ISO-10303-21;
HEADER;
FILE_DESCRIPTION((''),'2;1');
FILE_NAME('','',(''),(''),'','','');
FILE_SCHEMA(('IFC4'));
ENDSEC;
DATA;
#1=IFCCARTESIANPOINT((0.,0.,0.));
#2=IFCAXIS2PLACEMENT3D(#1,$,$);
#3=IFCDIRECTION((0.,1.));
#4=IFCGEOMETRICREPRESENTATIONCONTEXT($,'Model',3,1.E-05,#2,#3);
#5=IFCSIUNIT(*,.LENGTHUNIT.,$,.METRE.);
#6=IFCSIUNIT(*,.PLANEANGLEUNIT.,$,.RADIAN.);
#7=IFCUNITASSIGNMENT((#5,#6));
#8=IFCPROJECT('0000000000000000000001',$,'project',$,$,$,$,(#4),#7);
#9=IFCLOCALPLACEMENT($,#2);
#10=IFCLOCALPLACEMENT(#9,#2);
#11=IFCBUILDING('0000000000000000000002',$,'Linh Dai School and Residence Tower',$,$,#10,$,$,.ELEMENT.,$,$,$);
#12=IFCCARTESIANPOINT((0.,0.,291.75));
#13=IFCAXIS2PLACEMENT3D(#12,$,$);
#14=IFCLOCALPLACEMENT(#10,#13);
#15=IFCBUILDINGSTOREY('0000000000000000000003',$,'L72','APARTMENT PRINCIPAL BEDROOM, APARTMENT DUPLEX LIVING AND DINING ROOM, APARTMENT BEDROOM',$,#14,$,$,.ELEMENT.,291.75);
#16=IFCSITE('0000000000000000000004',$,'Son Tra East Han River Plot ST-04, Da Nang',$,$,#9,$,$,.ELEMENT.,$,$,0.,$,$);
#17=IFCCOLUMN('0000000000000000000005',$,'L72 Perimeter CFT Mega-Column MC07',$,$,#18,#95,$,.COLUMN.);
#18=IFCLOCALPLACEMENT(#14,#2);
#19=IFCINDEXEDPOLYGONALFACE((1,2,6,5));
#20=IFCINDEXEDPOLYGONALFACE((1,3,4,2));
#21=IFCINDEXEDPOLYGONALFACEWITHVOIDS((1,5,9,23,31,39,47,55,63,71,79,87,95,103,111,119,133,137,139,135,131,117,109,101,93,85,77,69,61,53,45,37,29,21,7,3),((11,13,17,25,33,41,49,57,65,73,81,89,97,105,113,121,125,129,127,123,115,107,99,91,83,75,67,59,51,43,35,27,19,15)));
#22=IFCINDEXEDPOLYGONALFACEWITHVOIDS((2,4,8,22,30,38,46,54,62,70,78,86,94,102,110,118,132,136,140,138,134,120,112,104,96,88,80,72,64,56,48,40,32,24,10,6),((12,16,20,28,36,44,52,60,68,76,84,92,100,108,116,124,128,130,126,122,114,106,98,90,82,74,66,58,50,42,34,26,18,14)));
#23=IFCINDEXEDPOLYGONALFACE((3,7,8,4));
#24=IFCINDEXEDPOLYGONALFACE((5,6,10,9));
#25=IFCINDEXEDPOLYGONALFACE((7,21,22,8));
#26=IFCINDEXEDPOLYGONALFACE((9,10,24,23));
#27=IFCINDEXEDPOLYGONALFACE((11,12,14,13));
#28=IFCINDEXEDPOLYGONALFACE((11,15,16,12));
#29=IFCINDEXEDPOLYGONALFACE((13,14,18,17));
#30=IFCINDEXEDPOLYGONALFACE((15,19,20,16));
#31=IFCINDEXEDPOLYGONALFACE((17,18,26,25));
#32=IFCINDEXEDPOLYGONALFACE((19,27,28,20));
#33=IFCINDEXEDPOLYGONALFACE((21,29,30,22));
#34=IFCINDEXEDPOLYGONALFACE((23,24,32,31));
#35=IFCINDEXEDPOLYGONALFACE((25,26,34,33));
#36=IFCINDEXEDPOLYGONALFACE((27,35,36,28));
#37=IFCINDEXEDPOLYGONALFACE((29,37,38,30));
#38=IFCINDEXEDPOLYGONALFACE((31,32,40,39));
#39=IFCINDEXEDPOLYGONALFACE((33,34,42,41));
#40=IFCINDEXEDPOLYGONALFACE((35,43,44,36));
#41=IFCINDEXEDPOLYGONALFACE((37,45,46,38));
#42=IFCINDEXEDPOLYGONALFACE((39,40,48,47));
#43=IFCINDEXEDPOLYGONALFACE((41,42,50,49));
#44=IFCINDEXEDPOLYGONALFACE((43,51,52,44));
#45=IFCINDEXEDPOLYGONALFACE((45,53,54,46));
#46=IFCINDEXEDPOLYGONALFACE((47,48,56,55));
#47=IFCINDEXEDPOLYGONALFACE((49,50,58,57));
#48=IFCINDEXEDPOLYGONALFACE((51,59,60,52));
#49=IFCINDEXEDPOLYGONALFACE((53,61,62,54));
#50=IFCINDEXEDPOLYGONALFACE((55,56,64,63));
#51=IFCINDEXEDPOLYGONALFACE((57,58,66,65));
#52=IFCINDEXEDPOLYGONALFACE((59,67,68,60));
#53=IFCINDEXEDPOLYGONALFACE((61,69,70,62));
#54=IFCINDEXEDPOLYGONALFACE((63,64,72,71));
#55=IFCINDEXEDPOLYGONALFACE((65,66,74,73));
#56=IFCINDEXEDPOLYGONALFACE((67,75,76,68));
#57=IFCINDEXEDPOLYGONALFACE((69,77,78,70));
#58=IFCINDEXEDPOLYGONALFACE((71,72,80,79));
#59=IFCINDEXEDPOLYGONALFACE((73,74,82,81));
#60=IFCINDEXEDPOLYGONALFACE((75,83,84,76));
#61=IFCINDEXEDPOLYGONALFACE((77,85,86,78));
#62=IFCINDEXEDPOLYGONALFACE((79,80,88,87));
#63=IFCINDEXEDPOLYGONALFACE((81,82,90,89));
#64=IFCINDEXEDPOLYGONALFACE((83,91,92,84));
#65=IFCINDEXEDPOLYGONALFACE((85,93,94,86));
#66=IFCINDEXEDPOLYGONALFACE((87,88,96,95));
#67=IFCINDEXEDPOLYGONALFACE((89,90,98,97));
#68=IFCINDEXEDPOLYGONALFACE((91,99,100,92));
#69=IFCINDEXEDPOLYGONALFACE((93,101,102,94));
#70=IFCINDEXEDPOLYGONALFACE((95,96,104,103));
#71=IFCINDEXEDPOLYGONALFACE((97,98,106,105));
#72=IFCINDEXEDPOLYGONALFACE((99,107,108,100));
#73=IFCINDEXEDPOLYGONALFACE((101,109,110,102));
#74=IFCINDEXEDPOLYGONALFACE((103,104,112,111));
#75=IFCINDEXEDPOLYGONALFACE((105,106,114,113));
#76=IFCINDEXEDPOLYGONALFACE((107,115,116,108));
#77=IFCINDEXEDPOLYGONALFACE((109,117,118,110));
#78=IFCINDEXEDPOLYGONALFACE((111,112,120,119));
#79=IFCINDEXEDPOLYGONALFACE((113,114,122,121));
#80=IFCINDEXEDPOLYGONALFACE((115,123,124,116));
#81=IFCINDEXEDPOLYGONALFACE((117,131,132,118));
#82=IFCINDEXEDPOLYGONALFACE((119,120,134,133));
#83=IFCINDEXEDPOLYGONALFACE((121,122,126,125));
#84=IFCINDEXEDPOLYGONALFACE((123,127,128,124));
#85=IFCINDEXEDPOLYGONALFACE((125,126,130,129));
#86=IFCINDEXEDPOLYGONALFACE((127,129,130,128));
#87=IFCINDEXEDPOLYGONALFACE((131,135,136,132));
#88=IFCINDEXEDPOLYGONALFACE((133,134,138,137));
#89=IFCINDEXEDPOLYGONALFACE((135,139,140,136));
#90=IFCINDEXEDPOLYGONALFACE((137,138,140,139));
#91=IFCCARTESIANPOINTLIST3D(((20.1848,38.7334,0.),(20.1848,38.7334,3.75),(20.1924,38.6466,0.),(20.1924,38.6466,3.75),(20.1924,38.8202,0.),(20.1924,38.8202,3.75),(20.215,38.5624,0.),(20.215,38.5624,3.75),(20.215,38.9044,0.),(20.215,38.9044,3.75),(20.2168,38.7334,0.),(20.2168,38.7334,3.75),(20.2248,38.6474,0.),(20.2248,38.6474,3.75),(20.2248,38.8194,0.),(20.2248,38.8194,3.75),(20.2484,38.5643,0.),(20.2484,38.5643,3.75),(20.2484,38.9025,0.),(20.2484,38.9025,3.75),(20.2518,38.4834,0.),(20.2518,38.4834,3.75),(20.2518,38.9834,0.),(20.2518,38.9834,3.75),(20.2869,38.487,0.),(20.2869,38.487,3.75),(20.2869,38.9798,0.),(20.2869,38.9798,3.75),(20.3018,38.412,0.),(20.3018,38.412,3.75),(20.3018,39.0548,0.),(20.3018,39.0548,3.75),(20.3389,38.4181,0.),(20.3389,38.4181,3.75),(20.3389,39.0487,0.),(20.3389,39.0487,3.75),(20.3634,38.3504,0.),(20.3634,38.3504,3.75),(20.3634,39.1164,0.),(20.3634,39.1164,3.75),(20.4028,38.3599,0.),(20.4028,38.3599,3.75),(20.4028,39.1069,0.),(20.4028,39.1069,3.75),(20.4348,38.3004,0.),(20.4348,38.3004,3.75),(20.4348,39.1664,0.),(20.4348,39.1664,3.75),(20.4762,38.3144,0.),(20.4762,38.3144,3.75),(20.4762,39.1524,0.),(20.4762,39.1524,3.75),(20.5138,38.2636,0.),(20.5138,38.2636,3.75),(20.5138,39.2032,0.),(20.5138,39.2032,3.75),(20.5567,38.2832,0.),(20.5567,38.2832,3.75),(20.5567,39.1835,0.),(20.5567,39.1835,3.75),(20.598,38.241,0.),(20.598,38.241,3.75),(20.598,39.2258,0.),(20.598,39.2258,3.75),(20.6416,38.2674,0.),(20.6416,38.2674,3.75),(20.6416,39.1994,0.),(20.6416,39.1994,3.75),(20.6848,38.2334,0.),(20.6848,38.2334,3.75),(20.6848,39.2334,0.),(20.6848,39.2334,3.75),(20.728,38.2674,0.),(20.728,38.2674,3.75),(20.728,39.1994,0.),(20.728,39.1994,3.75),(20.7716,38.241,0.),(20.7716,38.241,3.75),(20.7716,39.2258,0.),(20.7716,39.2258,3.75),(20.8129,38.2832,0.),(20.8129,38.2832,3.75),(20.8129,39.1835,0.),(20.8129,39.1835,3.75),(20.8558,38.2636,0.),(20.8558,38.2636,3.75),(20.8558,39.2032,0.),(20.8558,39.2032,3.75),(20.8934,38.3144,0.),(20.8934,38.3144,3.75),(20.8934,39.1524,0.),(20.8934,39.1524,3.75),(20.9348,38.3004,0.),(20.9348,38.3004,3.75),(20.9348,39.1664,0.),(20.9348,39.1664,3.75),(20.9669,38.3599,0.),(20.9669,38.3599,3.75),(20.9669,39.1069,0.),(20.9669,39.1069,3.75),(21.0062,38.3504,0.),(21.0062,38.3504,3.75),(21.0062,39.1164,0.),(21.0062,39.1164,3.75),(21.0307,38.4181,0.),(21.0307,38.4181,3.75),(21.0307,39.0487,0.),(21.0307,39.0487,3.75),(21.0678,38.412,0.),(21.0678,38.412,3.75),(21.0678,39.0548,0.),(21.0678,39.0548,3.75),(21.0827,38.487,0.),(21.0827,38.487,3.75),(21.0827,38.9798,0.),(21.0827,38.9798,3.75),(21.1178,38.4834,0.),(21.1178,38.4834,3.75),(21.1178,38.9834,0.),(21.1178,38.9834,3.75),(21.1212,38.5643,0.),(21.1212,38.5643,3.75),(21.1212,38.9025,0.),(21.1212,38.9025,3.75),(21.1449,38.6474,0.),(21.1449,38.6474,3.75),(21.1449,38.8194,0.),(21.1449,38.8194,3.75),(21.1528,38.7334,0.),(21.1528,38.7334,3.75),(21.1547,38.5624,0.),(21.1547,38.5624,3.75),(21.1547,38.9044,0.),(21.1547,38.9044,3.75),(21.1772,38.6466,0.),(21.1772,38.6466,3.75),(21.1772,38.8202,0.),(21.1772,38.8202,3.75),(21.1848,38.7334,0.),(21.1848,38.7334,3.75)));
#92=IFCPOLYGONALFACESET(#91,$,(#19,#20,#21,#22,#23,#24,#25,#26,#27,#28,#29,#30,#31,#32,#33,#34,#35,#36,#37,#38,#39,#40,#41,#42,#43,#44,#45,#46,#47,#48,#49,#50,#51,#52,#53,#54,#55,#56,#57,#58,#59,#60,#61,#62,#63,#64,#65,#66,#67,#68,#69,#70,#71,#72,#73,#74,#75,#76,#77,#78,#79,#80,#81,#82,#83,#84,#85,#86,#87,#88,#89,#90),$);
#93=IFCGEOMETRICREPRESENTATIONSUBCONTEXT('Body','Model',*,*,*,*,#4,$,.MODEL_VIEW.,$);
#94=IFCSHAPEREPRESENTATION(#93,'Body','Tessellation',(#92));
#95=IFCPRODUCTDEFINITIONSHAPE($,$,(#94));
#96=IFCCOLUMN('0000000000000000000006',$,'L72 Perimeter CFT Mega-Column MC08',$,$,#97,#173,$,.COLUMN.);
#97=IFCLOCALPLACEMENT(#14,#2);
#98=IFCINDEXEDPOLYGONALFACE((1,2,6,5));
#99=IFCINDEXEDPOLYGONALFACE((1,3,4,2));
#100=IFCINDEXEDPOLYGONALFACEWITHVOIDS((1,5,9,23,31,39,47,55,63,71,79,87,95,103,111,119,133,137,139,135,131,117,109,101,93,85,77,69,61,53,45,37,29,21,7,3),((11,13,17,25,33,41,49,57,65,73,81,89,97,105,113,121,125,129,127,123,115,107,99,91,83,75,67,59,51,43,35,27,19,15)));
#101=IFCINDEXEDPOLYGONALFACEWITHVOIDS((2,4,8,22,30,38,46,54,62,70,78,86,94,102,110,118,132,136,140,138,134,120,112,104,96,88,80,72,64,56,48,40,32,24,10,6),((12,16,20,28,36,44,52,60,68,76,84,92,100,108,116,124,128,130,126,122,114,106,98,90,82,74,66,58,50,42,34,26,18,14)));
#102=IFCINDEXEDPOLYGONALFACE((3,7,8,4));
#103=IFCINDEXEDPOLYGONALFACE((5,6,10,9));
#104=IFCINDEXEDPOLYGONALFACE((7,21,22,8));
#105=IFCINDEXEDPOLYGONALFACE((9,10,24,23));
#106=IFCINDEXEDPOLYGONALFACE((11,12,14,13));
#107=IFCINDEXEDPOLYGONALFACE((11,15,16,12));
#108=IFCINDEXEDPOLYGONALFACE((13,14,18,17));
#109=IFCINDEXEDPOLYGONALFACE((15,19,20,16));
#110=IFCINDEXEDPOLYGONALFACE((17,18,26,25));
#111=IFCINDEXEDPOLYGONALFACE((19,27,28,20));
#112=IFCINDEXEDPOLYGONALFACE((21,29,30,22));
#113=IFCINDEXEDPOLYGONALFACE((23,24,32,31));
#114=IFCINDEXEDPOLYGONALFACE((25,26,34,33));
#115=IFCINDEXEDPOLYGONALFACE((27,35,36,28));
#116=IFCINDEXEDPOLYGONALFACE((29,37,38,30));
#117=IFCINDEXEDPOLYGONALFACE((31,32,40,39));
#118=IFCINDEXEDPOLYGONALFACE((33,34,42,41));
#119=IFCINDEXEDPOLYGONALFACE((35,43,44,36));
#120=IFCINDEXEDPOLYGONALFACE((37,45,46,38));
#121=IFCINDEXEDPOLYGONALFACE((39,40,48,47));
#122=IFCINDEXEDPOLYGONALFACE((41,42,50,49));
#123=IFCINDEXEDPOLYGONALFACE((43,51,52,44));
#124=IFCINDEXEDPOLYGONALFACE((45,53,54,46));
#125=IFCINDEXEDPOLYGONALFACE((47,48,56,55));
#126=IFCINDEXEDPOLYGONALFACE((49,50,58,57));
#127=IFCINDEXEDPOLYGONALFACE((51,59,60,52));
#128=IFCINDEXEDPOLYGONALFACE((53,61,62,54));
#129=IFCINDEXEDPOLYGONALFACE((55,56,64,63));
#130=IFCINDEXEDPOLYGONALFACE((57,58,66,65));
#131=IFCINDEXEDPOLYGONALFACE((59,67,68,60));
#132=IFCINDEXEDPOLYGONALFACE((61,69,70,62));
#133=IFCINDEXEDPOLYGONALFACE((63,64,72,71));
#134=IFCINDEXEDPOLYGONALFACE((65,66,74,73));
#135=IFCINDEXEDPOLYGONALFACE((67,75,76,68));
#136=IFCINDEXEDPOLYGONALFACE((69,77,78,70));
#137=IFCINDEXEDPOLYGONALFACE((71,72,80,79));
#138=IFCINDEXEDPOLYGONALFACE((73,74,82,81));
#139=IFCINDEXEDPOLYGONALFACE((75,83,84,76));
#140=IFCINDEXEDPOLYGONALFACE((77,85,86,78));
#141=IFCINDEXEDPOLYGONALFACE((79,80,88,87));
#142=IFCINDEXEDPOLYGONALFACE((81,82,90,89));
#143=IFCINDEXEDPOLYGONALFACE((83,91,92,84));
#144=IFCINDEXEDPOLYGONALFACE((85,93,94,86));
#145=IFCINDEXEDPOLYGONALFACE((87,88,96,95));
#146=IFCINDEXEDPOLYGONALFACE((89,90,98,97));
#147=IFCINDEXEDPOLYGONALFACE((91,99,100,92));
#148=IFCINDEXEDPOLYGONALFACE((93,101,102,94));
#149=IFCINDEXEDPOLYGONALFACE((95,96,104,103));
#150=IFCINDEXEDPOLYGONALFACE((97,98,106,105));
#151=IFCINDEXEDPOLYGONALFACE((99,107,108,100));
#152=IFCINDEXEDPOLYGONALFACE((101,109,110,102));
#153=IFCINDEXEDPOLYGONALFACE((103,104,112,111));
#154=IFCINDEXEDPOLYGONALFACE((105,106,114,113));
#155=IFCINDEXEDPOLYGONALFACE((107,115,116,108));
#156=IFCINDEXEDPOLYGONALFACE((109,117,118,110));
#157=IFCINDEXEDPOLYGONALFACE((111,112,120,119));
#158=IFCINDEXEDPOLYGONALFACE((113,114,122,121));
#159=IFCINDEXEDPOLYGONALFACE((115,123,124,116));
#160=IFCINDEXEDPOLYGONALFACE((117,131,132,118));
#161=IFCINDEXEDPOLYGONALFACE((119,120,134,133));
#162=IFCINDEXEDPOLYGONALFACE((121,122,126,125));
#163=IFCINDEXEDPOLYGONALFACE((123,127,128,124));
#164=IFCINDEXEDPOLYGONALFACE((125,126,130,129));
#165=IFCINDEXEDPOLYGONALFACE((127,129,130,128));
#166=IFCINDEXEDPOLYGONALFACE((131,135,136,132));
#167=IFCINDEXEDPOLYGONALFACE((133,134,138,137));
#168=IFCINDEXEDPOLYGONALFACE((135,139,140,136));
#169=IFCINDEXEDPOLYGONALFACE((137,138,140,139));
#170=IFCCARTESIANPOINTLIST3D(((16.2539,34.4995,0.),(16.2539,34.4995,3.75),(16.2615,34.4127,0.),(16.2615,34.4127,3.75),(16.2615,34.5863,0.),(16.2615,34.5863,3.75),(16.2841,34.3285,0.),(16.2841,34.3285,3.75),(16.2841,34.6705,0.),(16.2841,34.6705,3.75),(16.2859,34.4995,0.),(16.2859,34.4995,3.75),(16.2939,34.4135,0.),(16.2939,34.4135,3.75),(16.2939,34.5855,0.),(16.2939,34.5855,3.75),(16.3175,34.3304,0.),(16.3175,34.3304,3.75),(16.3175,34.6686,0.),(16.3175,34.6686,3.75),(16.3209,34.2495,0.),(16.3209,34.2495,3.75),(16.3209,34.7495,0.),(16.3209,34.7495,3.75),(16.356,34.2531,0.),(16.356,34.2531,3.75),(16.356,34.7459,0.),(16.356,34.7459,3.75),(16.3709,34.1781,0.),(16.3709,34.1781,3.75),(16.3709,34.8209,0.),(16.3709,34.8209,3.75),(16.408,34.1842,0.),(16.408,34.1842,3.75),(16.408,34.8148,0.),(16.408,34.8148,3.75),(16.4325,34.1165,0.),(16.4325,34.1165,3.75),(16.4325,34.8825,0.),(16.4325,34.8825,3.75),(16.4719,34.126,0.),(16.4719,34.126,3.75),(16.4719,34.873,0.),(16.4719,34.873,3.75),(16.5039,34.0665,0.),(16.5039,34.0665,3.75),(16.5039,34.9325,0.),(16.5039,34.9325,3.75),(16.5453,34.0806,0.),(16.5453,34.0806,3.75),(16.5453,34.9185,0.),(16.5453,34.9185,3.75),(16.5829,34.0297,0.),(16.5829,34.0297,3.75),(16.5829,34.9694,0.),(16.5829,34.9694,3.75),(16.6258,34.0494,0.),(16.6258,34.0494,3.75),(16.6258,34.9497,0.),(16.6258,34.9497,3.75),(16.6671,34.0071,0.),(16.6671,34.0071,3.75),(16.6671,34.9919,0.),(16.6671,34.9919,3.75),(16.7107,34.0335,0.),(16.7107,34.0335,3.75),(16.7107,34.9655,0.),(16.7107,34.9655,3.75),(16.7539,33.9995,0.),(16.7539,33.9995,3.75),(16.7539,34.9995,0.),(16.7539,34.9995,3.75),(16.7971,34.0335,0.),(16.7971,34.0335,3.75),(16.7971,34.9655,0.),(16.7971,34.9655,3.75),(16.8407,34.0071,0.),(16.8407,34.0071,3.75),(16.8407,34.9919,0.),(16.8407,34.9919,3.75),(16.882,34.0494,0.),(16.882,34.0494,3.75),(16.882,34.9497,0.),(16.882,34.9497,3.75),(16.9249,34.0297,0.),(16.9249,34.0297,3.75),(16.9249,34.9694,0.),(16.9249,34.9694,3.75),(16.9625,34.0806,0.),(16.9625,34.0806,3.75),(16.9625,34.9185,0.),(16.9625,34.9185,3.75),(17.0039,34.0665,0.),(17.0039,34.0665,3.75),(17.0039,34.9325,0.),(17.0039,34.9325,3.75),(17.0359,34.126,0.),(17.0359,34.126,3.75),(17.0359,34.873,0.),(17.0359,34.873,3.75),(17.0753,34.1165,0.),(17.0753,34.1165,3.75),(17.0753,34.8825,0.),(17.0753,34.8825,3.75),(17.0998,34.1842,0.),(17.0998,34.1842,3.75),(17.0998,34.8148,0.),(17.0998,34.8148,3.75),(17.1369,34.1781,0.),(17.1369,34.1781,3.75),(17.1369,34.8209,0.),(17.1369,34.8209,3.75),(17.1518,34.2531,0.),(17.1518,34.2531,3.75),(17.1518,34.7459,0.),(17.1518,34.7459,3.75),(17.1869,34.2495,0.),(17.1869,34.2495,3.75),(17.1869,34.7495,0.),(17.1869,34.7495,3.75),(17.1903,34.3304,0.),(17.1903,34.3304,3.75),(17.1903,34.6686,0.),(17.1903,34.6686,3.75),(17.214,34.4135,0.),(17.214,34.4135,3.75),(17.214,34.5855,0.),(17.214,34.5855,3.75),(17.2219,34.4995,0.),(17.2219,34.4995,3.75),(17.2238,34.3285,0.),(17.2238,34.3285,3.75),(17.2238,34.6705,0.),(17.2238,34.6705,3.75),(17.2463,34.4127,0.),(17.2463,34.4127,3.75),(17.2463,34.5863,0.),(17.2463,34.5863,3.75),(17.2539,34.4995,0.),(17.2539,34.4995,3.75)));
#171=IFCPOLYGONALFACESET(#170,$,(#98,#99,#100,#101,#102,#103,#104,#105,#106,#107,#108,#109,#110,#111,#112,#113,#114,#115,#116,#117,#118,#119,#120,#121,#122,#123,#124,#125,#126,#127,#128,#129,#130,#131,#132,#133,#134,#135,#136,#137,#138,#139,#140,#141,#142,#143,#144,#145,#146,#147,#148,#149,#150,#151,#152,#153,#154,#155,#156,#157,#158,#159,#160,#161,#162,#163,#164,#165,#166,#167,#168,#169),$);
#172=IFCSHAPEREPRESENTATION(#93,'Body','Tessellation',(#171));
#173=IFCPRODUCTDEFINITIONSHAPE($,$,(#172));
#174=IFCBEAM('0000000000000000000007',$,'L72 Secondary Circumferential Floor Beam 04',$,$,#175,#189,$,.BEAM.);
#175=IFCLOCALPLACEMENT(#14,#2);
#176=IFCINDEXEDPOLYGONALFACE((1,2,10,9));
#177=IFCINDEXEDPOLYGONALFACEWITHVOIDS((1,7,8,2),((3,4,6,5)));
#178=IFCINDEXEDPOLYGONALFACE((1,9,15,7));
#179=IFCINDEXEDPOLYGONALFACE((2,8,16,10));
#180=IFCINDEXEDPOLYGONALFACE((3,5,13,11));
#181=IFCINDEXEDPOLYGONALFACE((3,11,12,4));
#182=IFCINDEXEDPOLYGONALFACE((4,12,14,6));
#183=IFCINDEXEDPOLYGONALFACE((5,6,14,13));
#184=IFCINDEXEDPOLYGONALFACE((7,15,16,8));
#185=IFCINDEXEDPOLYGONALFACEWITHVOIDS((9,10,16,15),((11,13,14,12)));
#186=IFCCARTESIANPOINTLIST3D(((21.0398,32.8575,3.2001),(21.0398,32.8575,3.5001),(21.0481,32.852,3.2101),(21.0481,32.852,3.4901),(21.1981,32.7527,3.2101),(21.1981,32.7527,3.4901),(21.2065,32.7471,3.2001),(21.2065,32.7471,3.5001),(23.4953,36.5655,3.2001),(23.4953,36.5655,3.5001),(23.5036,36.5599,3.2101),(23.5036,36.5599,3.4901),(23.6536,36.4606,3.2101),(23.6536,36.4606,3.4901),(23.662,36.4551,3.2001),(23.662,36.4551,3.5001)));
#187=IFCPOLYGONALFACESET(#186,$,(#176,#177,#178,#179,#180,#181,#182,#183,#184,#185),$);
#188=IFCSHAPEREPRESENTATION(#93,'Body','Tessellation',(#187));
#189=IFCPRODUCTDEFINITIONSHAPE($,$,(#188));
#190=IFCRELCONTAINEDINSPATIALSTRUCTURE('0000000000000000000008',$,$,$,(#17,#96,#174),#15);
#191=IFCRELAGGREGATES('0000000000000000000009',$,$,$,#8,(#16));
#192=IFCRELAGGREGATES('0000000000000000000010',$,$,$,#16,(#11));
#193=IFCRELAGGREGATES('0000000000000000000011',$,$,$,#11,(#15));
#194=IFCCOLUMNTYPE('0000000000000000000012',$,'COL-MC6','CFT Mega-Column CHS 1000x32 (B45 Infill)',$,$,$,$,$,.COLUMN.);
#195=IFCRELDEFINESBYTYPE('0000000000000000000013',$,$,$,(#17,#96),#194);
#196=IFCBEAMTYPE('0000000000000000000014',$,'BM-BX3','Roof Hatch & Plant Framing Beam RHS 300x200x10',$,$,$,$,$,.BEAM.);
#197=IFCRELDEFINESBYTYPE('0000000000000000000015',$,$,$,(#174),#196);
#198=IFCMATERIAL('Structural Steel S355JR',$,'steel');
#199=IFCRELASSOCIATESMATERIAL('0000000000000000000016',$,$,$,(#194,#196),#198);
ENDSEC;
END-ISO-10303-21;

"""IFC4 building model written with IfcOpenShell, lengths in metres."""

from ifc_helpers import new_model, si_unit, direction, frame, origin, origin_2d, place, context, subcontext, project, spatial, hollow_rectangle, hollow_circle, extrude, material, material_profile, profile_set, type_object, element, save


model = new_model("IFC4")

# Units and contexts
model_context = context("Model", 3, precision=1e-05, world=origin(), true_north=direction((0.0, 1.0)))
body_context = subcontext(model_context, "Body", "Model", "MODEL_VIEW")
ifc_project = project(units=[si_unit("LENGTHUNIT", "METRE"), si_unit("PLANEANGLEUNIT", "RADIAN")], contexts=[model_context])

# Site, building, storey
site_placement = place(None, origin())
site = spatial("IfcSite", under=ifc_project, at=site_placement, Name="Son Tra East Han River Plot ST-04, Da Nang", CompositionType="ELEMENT", RefElevation=0.0)
building_placement = place(site_placement, origin())
building = spatial("IfcBuilding", under=site, at=building_placement, Name="Linh Dai School and Residence Tower", CompositionType="ELEMENT")
storey_placement = place(building_placement, frame((0.0, 0.0, 291.75)))
storey = spatial("IfcBuildingStorey", under=building, at=storey_placement, Name="L72", Description="APARTMENT PRINCIPAL BEDROOM, APARTMENT DUPLEX LIVING AND DINING ROOM, APARTMENT BEDROOM", CompositionType="ELEMENT", Elevation=291.75)

# Columns
ifc_material_1 = material(Name="Structural Steel S355JR", Category="steel")
ifc_material_profile_1 = material_profile(ifc_material_1, hollow_circle(Radius=0.5, WallThickness=0.032, at=origin_2d()), Name="CHS 1000x32")
ifc_profile_set_1 = profile_set([ifc_material_profile_1], Name="Structural Steel S355JR")
column_type = type_object("IfcColumnType", Name="COL-MC6", Description="CFT Mega-Column CHS 1000x32 (B45 Infill)", PredefinedType="COLUMN", material=ifc_profile_set_1)
for number, where, z_axis, x_axis, name in (
    (1, (20.6848, 38.7334, 0.0), (0.0, 0.0, 1.0), (1.0, 0.0, 0.0), "L72 Perimeter CFT Mega-Column MC07"),
    (2, (16.7539, 34.4995, 0.0), (0.0, 0.0, 1.0), (1.0, 0.0, 0.0), "L72 Perimeter CFT Mega-Column MC08"),
):
    element("IfcColumn", number, at=place(storey_placement, frame(where, z_axis=z_axis, x_axis=x_axis)), inside=storey, type_object=column_type, Name=name, PredefinedType="COLUMN", context=body_context, shape_type="SweptSolid", body=[
        extrude(hollow_circle(Radius=0.5, WallThickness=0.032, at=origin_2d()), origin(), (0.0, 0.0, 1.0), 3.75),
    ])

# Beam
ifc_material_profile_2 = material_profile(ifc_material_1, hollow_rectangle(XDim=0.2, YDim=0.3, WallThickness=0.01, at=origin_2d()), Name="RHS 300x200x10")
ifc_profile_set_2 = profile_set([ifc_material_profile_2], Name="Structural Steel S355JR")
beam_type_1 = type_object("IfcBeamType", Name="BM-BX3", Description="Roof Hatch & Plant Framing Beam RHS 300x200x10", PredefinedType="BEAM", material=ifc_profile_set_2)
beam_1_placement = place(storey_placement, frame((23.5786, 36.5103, 3.3501), z_axis=(-0.552139, -0.833752, 0.0), x_axis=(0.833752, -0.552139, 0.0)))
element("IfcBeam", 3, at=beam_1_placement, inside=storey, type_object=beam_type_1, Name="L72 Secondary Circumferential Floor Beam 04", PredefinedType="BEAM", context=body_context, shape_type="SweptSolid", body=[
    extrude(hollow_rectangle(XDim=0.2, YDim=0.3, WallThickness=0.01, at=origin_2d()), origin(), (0.0, 0.0, 1.0), 4.4473),
])

save(model, "model.ifc")
